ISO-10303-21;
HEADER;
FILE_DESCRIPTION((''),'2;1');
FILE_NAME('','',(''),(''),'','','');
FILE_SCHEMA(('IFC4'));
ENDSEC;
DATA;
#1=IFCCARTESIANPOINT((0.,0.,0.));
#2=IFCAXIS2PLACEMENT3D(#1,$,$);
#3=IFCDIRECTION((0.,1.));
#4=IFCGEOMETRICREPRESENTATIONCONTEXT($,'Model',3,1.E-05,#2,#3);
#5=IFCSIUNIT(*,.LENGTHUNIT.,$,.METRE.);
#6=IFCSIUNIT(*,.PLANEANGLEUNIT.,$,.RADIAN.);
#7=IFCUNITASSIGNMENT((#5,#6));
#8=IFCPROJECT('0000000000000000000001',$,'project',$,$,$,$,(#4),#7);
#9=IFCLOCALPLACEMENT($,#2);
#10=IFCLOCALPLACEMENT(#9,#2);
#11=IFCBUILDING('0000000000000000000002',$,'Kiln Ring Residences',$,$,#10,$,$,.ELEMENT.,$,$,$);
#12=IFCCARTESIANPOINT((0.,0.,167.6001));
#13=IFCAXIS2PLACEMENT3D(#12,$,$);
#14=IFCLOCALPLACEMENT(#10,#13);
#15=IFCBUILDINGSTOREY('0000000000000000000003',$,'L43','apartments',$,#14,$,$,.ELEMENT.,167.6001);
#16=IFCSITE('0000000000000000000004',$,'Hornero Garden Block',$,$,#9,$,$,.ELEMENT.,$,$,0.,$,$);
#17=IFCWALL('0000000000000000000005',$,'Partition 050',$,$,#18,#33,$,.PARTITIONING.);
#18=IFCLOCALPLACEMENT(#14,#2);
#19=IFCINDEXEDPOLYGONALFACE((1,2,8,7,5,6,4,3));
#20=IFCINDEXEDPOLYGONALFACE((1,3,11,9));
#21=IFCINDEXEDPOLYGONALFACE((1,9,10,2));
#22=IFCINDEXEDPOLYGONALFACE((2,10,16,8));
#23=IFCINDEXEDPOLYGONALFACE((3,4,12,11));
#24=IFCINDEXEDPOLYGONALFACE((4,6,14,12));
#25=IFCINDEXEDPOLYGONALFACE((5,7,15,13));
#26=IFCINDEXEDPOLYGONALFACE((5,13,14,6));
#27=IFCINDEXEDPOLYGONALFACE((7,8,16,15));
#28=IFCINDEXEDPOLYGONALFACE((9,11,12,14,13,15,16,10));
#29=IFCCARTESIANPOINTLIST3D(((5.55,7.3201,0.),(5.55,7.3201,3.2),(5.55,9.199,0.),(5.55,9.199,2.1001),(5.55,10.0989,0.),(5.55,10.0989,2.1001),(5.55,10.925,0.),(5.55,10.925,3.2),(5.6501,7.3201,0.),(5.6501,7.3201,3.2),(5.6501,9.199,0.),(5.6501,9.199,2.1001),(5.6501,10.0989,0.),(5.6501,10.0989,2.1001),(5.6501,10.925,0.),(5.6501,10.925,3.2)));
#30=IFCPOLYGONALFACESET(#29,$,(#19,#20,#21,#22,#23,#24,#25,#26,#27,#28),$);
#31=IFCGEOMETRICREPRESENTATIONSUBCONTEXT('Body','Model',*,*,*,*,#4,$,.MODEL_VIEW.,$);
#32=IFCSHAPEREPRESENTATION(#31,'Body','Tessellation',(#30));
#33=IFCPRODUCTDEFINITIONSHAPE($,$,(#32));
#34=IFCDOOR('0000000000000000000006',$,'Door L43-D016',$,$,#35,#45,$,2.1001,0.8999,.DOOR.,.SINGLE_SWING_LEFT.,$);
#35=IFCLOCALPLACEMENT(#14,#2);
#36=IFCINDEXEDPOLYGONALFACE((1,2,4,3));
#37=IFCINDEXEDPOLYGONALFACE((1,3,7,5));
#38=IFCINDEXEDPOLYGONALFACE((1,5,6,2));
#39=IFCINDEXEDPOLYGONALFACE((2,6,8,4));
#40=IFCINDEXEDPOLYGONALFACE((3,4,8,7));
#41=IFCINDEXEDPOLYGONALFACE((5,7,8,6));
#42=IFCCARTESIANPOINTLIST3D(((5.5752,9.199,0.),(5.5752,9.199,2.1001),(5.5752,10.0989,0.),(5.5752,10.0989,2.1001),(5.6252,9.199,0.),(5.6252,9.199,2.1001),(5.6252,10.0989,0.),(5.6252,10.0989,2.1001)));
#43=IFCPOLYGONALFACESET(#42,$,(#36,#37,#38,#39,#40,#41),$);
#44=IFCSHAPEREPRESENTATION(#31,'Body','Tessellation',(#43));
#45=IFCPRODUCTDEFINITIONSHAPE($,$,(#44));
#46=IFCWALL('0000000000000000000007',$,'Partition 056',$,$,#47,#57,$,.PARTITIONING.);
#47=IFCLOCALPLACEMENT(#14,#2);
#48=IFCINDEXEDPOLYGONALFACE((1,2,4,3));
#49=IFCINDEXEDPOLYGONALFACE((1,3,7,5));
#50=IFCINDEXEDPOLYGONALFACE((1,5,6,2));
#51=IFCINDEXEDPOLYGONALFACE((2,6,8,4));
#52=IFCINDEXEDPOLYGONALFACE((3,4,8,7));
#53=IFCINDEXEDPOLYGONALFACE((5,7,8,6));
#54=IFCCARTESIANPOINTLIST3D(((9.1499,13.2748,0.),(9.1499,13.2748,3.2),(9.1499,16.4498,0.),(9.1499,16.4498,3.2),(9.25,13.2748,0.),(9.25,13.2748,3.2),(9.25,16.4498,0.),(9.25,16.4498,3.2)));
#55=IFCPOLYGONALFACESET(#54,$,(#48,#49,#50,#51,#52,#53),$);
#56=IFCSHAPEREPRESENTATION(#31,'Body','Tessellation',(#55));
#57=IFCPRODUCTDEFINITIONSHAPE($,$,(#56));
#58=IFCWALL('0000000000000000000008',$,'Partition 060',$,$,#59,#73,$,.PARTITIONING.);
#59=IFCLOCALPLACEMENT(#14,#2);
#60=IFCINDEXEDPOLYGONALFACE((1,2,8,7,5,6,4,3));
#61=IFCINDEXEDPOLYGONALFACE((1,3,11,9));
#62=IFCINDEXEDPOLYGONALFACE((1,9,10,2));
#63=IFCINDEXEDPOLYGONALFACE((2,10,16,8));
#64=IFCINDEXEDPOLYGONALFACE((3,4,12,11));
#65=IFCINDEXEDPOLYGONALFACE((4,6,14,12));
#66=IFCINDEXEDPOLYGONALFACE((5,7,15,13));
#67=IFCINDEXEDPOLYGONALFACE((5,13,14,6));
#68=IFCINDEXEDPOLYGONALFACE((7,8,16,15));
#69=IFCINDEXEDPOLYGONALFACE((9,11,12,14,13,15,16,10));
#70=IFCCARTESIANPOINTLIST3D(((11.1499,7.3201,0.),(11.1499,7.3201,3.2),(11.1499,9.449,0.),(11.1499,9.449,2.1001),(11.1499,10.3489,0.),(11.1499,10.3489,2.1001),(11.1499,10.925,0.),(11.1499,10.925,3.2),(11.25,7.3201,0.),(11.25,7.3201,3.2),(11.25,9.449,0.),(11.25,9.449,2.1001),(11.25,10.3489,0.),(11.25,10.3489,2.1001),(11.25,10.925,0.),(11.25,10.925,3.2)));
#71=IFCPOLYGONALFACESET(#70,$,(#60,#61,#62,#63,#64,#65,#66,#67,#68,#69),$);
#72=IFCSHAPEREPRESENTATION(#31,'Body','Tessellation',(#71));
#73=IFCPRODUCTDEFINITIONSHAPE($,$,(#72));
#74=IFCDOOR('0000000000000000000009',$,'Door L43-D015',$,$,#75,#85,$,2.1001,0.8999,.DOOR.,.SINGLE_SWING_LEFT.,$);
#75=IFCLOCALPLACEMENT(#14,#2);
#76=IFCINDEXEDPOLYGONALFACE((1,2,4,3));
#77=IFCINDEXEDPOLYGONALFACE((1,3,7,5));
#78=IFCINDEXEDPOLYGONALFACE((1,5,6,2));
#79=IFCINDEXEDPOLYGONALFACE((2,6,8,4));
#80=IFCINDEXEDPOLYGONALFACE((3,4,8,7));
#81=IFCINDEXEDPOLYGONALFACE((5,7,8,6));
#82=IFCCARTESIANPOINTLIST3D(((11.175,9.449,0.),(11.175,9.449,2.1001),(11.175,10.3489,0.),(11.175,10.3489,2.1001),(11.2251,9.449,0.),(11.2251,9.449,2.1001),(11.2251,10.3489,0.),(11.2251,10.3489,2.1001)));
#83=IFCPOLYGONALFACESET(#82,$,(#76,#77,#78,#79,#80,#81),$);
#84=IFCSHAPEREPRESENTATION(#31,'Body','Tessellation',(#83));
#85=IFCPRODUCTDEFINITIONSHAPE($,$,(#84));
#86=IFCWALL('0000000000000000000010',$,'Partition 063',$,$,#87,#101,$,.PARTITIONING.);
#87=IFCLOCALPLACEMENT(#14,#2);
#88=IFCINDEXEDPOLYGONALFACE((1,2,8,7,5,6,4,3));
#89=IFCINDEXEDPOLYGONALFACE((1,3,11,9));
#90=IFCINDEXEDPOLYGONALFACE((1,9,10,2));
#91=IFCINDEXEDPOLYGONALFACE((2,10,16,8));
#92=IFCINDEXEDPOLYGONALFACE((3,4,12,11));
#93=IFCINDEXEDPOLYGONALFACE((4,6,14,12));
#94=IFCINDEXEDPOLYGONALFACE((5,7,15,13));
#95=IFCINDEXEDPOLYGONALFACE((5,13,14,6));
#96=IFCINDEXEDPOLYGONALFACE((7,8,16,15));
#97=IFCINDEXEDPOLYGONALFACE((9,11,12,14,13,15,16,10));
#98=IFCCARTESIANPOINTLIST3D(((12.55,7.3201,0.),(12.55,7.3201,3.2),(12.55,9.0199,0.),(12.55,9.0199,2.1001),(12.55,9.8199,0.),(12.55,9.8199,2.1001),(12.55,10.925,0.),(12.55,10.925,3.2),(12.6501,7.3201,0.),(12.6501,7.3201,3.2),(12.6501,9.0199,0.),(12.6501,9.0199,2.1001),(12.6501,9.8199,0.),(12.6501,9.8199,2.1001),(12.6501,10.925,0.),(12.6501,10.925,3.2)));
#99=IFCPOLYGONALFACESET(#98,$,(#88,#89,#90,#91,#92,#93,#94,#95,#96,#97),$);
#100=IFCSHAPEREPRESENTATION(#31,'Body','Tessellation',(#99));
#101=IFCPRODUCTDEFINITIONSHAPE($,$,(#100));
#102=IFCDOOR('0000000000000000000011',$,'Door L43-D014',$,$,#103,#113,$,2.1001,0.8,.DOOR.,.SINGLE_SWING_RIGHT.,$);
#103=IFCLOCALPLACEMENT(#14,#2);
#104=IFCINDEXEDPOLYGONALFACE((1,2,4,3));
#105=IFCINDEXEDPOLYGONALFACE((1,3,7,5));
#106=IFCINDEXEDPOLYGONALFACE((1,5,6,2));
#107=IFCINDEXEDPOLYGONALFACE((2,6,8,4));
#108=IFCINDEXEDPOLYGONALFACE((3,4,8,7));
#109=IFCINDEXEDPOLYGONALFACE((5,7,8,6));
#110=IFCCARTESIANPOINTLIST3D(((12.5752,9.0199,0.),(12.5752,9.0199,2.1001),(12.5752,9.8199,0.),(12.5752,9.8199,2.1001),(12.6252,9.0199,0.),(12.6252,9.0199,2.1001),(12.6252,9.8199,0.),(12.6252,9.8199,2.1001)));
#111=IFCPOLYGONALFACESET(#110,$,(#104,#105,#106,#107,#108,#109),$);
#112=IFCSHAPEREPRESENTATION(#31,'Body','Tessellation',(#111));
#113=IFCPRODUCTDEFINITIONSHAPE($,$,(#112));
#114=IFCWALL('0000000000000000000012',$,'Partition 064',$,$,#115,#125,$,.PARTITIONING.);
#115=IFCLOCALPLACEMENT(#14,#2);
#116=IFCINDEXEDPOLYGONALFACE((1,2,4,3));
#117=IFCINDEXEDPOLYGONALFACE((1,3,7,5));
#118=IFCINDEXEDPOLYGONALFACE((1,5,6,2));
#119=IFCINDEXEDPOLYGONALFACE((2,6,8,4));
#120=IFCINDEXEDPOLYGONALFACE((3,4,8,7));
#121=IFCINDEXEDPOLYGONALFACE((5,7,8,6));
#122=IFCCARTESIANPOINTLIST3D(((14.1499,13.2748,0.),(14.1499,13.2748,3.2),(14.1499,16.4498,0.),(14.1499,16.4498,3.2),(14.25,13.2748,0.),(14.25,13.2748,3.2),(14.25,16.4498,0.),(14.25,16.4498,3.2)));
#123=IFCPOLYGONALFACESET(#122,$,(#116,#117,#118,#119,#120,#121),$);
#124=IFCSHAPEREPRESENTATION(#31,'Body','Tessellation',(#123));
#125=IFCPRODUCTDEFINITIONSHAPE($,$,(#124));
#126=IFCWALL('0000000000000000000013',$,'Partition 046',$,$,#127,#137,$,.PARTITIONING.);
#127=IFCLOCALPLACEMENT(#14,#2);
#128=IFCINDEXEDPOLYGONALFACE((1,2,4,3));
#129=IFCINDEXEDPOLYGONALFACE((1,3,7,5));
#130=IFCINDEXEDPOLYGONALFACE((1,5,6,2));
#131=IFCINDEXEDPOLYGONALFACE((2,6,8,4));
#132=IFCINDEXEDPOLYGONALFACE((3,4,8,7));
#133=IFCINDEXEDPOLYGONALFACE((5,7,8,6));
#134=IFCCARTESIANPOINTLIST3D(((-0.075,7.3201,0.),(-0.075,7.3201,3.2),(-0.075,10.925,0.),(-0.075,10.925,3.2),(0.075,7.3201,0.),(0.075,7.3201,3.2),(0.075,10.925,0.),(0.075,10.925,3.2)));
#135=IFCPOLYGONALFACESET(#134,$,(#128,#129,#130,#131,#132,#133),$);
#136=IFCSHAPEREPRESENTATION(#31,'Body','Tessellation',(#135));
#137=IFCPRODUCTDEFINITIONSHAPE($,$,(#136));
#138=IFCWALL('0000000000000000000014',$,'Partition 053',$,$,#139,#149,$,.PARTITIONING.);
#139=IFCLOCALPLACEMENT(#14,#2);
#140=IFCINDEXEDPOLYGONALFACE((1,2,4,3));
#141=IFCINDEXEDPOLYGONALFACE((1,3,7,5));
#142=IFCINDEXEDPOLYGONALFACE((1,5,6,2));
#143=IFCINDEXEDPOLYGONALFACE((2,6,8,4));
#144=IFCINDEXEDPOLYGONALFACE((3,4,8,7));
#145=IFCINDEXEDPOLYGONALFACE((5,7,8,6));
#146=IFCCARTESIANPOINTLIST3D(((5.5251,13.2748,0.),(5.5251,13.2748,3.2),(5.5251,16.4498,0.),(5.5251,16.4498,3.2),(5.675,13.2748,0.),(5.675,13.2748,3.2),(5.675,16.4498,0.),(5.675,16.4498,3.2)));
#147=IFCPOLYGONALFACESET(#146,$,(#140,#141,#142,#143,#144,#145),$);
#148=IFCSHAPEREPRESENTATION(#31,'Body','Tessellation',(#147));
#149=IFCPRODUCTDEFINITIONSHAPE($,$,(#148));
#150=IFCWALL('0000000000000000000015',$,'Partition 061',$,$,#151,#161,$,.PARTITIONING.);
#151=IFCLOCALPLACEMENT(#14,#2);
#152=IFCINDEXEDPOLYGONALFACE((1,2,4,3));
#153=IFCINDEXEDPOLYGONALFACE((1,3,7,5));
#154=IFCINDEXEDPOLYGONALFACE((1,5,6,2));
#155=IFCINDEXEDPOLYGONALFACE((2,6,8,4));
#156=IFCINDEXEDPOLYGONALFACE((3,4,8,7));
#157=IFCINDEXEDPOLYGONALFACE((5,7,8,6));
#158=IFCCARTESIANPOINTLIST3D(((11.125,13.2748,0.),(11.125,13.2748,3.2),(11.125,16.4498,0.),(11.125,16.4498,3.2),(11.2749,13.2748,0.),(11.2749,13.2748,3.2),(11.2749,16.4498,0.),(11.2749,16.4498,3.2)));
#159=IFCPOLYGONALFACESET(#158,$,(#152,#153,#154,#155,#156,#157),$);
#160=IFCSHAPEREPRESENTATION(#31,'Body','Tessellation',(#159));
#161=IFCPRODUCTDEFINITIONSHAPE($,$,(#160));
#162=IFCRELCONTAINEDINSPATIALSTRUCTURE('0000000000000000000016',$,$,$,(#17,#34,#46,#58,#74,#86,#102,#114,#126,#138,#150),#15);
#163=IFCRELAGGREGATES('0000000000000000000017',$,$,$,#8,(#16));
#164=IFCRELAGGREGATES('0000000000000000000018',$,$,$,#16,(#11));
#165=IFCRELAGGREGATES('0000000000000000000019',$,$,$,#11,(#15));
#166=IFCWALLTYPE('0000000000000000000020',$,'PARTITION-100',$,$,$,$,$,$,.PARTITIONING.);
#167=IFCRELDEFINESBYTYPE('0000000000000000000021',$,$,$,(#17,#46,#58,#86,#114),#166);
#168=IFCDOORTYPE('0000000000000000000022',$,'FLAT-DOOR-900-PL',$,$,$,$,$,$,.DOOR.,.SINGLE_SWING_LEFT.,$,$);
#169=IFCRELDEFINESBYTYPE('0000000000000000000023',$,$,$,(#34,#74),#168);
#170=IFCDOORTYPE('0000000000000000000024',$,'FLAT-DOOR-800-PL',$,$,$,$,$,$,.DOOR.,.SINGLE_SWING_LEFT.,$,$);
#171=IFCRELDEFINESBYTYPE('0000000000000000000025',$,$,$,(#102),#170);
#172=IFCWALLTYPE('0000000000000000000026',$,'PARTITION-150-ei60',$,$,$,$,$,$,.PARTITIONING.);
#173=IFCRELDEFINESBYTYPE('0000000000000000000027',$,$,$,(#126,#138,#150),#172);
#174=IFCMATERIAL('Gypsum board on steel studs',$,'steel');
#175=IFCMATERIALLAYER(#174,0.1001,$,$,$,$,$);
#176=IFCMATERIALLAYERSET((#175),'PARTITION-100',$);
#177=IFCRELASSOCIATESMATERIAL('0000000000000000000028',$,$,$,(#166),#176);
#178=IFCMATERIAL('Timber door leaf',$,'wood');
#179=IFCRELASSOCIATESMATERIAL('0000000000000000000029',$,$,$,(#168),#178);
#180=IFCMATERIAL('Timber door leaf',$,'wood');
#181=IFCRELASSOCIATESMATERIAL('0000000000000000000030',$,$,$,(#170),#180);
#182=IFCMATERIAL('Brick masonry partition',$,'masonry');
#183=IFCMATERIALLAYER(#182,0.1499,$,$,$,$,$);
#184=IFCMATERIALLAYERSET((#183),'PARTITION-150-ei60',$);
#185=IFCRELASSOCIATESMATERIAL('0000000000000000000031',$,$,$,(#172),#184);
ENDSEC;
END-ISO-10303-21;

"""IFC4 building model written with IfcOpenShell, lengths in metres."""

from ifc_helpers import new_model, si_unit, direction, frame, frame_2d, origin, place, context, subcontext, project, spatial, rectangle, extrude, material, layer, layer_set, type_object, element, fill, save


model = new_model("IFC4")

# Units and contexts
model_context = context("Model", 3, precision=1e-05, world=origin(), true_north=direction((0.0, 1.0)))
body_context = subcontext(model_context, "Body", "Model", "MODEL_VIEW")
ifc_project = project(units=[si_unit("LENGTHUNIT", "METRE"), si_unit("PLANEANGLEUNIT", "RADIAN")], contexts=[model_context])

# Site, building, storey
site_placement = place(None, origin())
site = spatial("IfcSite", under=ifc_project, at=site_placement, Name="Hornero Garden Block", CompositionType="ELEMENT", RefElevation=0.0)
building_placement = place(site_placement, origin())
building = spatial("IfcBuilding", under=site, at=building_placement, Name="Kiln Ring Residences", CompositionType="ELEMENT")
storey_placement = place(building_placement, frame((0.0, 0.0, 167.6001)))
storey = spatial("IfcBuildingStorey", under=building, at=storey_placement, Name="L43", Description="apartments", CompositionType="ELEMENT", Elevation=167.6001)

# Shared definitions
ifc_material_1 = material(Name="Gypsum board on steel studs", Category="steel")
ifc_layer_1 = layer(ifc_material_1, 0.1001)
ifc_layer_set_1 = layer_set([ifc_layer_1], Name="PARTITION-100")
wall_type_1 = type_object("IfcWallType", Name="PARTITION-100", PredefinedType="PARTITIONING", material=ifc_layer_set_1)
ifc_material_2 = material(Name="Timber door leaf", Category="wood")
door_type_1 = type_object("IfcDoorType", Name="FLAT-DOOR-900-PL", OperationType="SINGLE_SWING_LEFT", PredefinedType="DOOR", material=ifc_material_2)

# Wall, opening, door
wall_1_placement = place(storey_placement, frame((5.6001, 7.3201, 0.0), z_axis=(0.0, 0.0, 1.0), x_axis=(0.0, 1.0, 0.0)))
wall_1 = element("IfcWall", 1, at=wall_1_placement, inside=storey, type_object=wall_type_1, Name="Partition 050", PredefinedType="PARTITIONING", context=body_context, shape_type="SweptSolid", body=[
    extrude(rectangle(XDim=3.605, YDim=0.1001, at=frame_2d((1.8025, 0.0))), origin(), (0.0, 0.0, 1.0), 3.2),
])
opening_1_placement = place(wall_1_placement, frame((1.8789, 0.0, 0.0)))
opening_1 = element("IfcOpeningElement", 2, at=opening_1_placement, cuts=wall_1, PredefinedType="OPENING", context=body_context, shape_type="SweptSolid", body=[
    extrude(rectangle(XDim=0.8999, YDim=2.1001, at=frame_2d((0.45, 1.05))), frame((0.0, 0.0601, 0.0), z_axis=(0.0, -1.0, 0.0), x_axis=(1.0, 0.0, 0.0)), (0.0, 0.0, 1.0), 0.1201),
])
door_1_placement = place(opening_1_placement, origin())
door_1 = element("IfcDoor", 3, at=door_1_placement, inside=storey, type_object=door_type_1, Name="Door L43-D016", OperationType="SINGLE_SWING_LEFT", OverallHeight=2.1001, OverallWidth=0.8999, PredefinedType="DOOR", context=body_context, shape_type="SweptSolid", body=[
    extrude(rectangle(XDim=0.8999, YDim=2.1001, at=frame_2d((0.45, 1.05))), frame((0.0, 0.0249, 0.0), z_axis=(0.0, -1.0, 0.0), x_axis=(1.0, 0.0, 0.0)), (0.0, 0.0, 1.0), 0.05),
])
fill(opening_1, door_1)

# Wall
wall_2_placement = place(storey_placement, frame((9.2, 13.2749, 0.0), z_axis=(0.0, 0.0, 1.0), x_axis=(0.0, 1.0, 0.0)))
element("IfcWall", 4, at=wall_2_placement, inside=storey, type_object=wall_type_1, Name="Partition 056", PredefinedType="PARTITIONING", context=body_context, shape_type="SweptSolid", body=[
    extrude(rectangle(XDim=3.175, YDim=0.1001, at=frame_2d((1.5874, 0.0))), origin(), (0.0, 0.0, 1.0), 3.2),
])

# Walls, openings, doors
wall_3_placement = place(storey_placement, frame((11.2, 7.3201, 0.0), z_axis=(0.0, 0.0, 1.0), x_axis=(0.0, 1.0, 0.0)))
wall_3 = element("IfcWall", 5, at=wall_3_placement, inside=storey, type_object=wall_type_1, Name="Partition 060", PredefinedType="PARTITIONING", context=body_context, shape_type="SweptSolid", body=[
    extrude(rectangle(XDim=3.605, YDim=0.1001, at=frame_2d((1.8025, 0.0))), origin(), (0.0, 0.0, 1.0), 3.2),
])
opening_2_placement = place(wall_3_placement, frame((2.1289, 0.0, 0.0)))
opening_2 = element("IfcOpeningElement", 6, at=opening_2_placement, cuts=wall_3, PredefinedType="OPENING", context=body_context, shape_type="SweptSolid", body=[
    extrude(rectangle(XDim=0.8999, YDim=2.1001, at=frame_2d((0.45, 1.05))), frame((0.0, 0.0601, 0.0), z_axis=(0.0, -1.0, 0.0), x_axis=(1.0, 0.0, 0.0)), (0.0, 0.0, 1.0), 0.1201),
])
door_2_placement = place(opening_2_placement, origin())
door_2 = element("IfcDoor", 7, at=door_2_placement, inside=storey, type_object=door_type_1, Name="Door L43-D015", OperationType="SINGLE_SWING_LEFT", OverallHeight=2.1001, OverallWidth=0.8999, PredefinedType="DOOR", context=body_context, shape_type="SweptSolid", body=[
    extrude(rectangle(XDim=0.8999, YDim=2.1001, at=frame_2d((0.45, 1.05))), frame((0.0, 0.0249, 0.0), z_axis=(0.0, -1.0, 0.0), x_axis=(1.0, 0.0, 0.0)), (0.0, 0.0, 1.0), 0.05),
])
fill(opening_2, door_2)
wall_4_placement = place(storey_placement, frame((12.6001, 7.3201, 0.0), z_axis=(0.0, 0.0, 1.0), x_axis=(0.0, 1.0, 0.0)))
wall_4 = element("IfcWall", 8, at=wall_4_placement, inside=storey, type_object=wall_type_1, Name="Partition 063", PredefinedType="PARTITIONING", context=body_context, shape_type="SweptSolid", body=[
    extrude(rectangle(XDim=3.605, YDim=0.1001, at=frame_2d((1.8025, 0.0))), origin(), (0.0, 0.0, 1.0), 3.2),
])
opening_3_placement = place(wall_4_placement, frame((1.7, 0.0, 0.0)))
opening_3 = element("IfcOpeningElement", 9, at=opening_3_placement, cuts=wall_4, PredefinedType="OPENING", context=body_context, shape_type="SweptSolid", body=[
    extrude(rectangle(XDim=0.8, YDim=2.1001, at=frame_2d((0.3999, 1.05))), frame((0.0, 0.0601, 0.0), z_axis=(0.0, -1.0, 0.0), x_axis=(1.0, 0.0, 0.0)), (0.0, 0.0, 1.0), 0.1201),
])
ifc_material_3 = material(Name="Timber door leaf", Category="wood")
door_type_2 = type_object("IfcDoorType", Name="FLAT-DOOR-800-PL", OperationType="SINGLE_SWING_LEFT", PredefinedType="DOOR", material=ifc_material_3)
door_3_placement = place(opening_3_placement, origin())
door_3 = element("IfcDoor", 10, at=door_3_placement, inside=storey, type_object=door_type_2, Name="Door L43-D014", OperationType="SINGLE_SWING_RIGHT", OverallHeight=2.1001, OverallWidth=0.8, PredefinedType="DOOR", context=body_context, shape_type="SweptSolid", body=[
    extrude(rectangle(XDim=0.8, YDim=2.1001, at=frame_2d((0.3999, 1.05))), frame((0.0, 0.0249, 0.0), z_axis=(0.0, -1.0, 0.0), x_axis=(1.0, 0.0, 0.0)), (0.0, 0.0, 1.0), 0.05),
])
fill(opening_3, door_3)

# Walls
wall_5_placement = place(storey_placement, frame((14.2, 13.2749, 0.0), z_axis=(0.0, 0.0, 1.0), x_axis=(0.0, 1.0, 0.0)))
element("IfcWall", 11, at=wall_5_placement, inside=storey, type_object=wall_type_1, Name="Partition 064", PredefinedType="PARTITIONING", context=body_context, shape_type="SweptSolid", body=[
    extrude(rectangle(XDim=3.175, YDim=0.1001, at=frame_2d((1.5874, 0.0))), origin(), (0.0, 0.0, 1.0), 3.2),
])
ifc_material_4 = material(Name="Brick masonry partition", Category="masonry")
ifc_layer_2 = layer(ifc_material_4, 0.1499)
ifc_layer_set_2 = layer_set([ifc_layer_2], Name="PARTITION-150-ei60")
wall_type_2 = type_object("IfcWallType", Name="PARTITION-150-ei60", PredefinedType="PARTITIONING", material=ifc_layer_set_2)
wall_6_placement = place(storey_placement, frame((0.0, 7.3201, 0.0), z_axis=(0.0, 0.0, 1.0), x_axis=(0.0, 1.0, 0.0)))
element("IfcWall", 12, at=wall_6_placement, inside=storey, type_object=wall_type_2, Name="Partition 046", PredefinedType="PARTITIONING", context=body_context, shape_type="SweptSolid", body=[
    extrude(rectangle(XDim=3.605, YDim=0.1499, at=frame_2d((1.8025, 0.0))), origin(), (0.0, 0.0, 1.0), 3.2),
])
for number, where, z_axis, x_axis, name in (
    (13, (5.6001, 13.2749, 0.0), (0.0, 0.0, 1.0), (0.0, 1.0, 0.0), "Partition 053"),
    (14, (11.2, 13.2749, 0.0), (0.0, 0.0, 1.0), (0.0, 1.0, 0.0), "Partition 061"),
):
    element("IfcWall", number, at=place(storey_placement, frame(where, z_axis=z_axis, x_axis=x_axis)), inside=storey, type_object=wall_type_2, Name=name, PredefinedType="PARTITIONING", context=body_context, shape_type="SweptSolid", body=[
        extrude(rectangle(XDim=3.175, YDim=0.1499, at=frame_2d((1.5874, 0.0))), origin(), (0.0, 0.0, 1.0), 3.2),
    ])

save(model, "model.ifc")
